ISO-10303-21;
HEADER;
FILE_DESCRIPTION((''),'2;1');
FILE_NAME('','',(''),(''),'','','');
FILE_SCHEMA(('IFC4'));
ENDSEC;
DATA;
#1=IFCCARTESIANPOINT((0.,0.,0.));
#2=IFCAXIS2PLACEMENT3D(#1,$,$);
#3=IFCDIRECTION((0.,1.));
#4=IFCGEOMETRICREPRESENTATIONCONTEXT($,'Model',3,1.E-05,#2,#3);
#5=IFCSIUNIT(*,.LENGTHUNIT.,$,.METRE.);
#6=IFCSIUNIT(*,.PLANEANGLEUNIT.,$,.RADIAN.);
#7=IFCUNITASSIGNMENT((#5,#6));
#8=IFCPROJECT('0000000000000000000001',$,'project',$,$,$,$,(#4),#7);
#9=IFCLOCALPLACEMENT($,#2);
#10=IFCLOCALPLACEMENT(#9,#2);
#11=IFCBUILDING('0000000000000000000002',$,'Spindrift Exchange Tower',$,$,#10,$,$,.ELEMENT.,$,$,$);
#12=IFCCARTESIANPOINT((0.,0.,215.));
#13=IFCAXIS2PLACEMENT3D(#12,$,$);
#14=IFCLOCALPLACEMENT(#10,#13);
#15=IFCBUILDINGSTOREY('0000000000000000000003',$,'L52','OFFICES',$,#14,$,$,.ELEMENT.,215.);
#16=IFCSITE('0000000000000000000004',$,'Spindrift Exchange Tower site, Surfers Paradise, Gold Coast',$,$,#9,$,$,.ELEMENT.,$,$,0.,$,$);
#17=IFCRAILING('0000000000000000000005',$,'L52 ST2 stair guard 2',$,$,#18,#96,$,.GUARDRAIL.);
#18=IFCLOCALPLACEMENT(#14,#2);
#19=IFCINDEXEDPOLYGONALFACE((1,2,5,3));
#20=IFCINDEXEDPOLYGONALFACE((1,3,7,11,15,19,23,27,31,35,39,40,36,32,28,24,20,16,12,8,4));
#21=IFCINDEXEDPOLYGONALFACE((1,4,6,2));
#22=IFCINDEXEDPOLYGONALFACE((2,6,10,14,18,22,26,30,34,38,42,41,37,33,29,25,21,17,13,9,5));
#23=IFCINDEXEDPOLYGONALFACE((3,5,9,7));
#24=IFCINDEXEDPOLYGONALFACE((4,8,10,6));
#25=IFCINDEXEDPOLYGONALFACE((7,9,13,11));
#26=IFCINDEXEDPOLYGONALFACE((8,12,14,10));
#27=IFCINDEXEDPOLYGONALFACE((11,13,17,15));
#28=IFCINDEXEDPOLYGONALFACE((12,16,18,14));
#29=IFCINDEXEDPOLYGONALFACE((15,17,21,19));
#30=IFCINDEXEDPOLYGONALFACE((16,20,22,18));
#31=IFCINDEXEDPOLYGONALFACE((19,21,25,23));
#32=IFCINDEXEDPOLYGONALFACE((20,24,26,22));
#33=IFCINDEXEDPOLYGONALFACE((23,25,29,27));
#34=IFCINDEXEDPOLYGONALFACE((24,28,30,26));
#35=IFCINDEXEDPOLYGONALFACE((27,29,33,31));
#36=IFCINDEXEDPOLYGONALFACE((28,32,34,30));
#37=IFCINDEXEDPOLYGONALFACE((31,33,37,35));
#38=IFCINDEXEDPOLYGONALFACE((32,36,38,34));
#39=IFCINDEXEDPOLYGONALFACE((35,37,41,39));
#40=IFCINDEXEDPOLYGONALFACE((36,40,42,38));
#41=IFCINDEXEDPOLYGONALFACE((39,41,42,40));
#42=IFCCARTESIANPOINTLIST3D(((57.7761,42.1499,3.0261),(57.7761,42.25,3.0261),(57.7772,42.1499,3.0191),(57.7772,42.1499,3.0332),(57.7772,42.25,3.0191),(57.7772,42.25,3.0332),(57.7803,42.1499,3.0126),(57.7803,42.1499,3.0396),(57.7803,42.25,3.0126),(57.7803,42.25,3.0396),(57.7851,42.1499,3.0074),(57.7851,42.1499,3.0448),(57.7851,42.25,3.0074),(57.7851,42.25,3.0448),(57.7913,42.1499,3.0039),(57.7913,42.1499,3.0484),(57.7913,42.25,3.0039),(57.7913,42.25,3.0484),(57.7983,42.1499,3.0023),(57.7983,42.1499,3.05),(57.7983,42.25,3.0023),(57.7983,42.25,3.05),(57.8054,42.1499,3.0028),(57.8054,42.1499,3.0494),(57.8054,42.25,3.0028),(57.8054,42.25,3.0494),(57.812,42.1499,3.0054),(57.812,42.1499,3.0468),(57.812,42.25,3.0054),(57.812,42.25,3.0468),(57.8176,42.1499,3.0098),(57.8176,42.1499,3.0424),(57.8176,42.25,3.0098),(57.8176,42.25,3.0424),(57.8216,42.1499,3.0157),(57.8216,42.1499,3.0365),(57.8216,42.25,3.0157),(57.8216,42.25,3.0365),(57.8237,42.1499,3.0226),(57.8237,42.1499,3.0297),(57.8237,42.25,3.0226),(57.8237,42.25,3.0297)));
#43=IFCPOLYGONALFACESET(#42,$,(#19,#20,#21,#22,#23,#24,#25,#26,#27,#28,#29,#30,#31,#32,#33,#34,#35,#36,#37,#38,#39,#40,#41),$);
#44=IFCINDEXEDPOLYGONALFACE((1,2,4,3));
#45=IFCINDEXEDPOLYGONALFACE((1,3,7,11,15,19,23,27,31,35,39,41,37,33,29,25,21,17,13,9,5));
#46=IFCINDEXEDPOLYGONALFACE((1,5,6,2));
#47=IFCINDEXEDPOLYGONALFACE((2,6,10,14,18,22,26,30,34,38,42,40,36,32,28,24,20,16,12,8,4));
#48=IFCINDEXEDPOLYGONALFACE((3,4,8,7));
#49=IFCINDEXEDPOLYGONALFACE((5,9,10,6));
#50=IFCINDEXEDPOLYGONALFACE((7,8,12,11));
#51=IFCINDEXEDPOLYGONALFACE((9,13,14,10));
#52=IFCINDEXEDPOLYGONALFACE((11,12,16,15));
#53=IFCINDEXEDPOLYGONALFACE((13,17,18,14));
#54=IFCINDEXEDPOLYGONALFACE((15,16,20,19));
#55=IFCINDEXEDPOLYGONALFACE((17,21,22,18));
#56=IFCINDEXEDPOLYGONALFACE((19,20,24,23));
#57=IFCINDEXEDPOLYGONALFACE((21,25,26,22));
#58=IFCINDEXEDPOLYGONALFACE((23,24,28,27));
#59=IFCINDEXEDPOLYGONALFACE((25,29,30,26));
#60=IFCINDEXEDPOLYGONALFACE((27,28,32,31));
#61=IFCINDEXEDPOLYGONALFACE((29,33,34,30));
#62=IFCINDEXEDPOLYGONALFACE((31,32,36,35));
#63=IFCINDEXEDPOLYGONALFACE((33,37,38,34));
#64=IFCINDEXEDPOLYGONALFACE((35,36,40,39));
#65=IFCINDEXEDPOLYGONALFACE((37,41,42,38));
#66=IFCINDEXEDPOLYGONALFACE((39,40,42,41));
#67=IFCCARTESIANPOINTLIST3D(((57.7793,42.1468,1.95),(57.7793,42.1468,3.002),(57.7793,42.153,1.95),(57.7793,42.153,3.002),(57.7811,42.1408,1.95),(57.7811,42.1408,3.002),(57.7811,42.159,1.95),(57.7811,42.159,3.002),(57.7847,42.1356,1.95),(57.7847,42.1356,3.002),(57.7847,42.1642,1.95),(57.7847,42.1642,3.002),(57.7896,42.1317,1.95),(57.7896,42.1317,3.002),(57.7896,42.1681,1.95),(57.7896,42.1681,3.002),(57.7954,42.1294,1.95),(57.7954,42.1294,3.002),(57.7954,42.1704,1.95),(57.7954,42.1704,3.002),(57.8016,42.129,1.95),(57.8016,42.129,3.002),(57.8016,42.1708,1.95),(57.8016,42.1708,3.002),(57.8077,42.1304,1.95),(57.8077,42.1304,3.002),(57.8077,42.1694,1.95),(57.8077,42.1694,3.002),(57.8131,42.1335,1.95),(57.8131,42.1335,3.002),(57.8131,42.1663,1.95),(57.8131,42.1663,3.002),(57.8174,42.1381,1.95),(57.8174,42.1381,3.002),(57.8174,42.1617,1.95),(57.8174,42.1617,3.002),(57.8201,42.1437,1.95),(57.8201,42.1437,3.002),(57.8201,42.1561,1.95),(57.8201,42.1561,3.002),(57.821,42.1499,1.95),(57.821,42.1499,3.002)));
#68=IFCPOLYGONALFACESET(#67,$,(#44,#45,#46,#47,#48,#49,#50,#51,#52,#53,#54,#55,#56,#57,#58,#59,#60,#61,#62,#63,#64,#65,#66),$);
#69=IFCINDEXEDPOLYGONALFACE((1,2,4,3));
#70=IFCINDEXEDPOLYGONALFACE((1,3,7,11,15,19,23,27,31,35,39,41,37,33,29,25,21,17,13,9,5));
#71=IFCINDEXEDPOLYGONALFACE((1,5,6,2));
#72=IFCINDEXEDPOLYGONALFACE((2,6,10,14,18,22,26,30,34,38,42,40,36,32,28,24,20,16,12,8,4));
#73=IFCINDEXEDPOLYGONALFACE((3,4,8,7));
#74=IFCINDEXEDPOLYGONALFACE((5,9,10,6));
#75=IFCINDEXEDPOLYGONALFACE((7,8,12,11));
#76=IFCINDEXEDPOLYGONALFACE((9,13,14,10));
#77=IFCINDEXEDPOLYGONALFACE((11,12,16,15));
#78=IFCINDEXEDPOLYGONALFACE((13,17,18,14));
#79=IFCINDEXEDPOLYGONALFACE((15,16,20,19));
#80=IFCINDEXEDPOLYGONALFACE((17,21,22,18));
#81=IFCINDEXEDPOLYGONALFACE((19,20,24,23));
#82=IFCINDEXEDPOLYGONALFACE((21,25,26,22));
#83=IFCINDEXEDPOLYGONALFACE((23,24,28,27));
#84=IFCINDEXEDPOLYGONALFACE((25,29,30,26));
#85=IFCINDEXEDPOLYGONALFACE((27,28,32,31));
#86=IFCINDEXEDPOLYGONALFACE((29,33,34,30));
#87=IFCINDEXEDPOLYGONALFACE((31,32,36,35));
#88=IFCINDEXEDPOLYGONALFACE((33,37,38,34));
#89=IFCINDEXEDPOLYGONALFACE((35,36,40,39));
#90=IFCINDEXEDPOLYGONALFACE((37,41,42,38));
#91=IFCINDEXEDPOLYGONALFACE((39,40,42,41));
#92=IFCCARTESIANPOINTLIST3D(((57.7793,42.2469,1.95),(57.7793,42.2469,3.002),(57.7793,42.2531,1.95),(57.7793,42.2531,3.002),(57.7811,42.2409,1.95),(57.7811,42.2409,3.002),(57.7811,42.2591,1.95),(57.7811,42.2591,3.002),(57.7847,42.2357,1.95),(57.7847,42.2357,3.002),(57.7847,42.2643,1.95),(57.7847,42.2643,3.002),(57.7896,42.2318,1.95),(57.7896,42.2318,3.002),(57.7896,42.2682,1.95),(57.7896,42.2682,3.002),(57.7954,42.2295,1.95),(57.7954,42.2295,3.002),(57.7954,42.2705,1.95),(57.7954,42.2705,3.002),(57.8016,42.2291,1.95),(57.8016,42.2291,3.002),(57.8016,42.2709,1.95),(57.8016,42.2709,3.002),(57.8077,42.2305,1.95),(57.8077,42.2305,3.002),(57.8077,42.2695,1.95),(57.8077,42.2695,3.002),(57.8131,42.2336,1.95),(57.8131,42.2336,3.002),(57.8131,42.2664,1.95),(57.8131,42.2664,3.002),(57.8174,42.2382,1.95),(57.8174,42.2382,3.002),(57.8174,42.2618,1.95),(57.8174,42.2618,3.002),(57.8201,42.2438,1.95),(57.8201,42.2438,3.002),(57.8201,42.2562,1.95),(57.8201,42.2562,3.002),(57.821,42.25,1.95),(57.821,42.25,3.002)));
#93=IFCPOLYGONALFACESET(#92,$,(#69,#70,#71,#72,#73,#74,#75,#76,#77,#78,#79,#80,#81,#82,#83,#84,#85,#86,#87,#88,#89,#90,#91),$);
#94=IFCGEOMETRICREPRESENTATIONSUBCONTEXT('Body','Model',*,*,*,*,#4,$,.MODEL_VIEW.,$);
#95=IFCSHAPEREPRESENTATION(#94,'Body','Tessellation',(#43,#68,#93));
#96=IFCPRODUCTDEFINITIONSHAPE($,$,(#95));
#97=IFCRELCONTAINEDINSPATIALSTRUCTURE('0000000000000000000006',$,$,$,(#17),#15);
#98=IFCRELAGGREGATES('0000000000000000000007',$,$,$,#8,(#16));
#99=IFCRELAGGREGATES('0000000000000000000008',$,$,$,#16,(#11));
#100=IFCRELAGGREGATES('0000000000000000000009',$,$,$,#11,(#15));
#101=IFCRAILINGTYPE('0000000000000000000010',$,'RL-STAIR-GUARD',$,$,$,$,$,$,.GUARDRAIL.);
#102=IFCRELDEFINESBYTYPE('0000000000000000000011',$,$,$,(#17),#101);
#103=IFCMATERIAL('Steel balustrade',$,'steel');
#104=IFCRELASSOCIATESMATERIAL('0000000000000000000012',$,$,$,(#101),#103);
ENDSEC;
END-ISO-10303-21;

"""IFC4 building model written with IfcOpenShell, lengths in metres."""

from ifc_helpers import new_model, si_unit, direction, frame, origin, origin_2d, place, context, subcontext, project, spatial, circle, extrude, material, type_object, element, save


model = new_model("IFC4")

# Units and contexts
model_context = context("Model", 3, precision=1e-05, world=origin(), true_north=direction((0.0, 1.0)))
body_context = subcontext(model_context, "Body", "Model", "MODEL_VIEW")
ifc_project = project(units=[si_unit("LENGTHUNIT", "METRE"), si_unit("PLANEANGLEUNIT", "RADIAN")], contexts=[model_context])

# Site, building, storey
site_placement = place(None, origin())
site = spatial("IfcSite", under=ifc_project, at=site_placement, Name="Spindrift Exchange Tower site, Surfers Paradise, Gold Coast", CompositionType="ELEMENT", RefElevation=0.0)
building_placement = place(site_placement, origin())
building = spatial("IfcBuilding", under=site, at=building_placement, Name="Spindrift Exchange Tower", CompositionType="ELEMENT")
storey_placement = place(building_placement, frame((0.0, 0.0, 215.0)))
storey = spatial("IfcBuildingStorey", under=building, at=storey_placement, Name="L52", Description="OFFICES", CompositionType="ELEMENT", Elevation=215.0)

# Railing
ifc_material_1 = material(Name="Steel balustrade", Category="steel")
railing_type_1 = type_object("IfcRailingType", Name="RL-STAIR-GUARD", PredefinedType="GUARDRAIL", material=ifc_material_1)
railing_1_placement = place(storey_placement, frame((57.8, 42.1499, 1.95)))
element("IfcRailing", 1, at=railing_1_placement, inside=storey, type_object=railing_type_1, Name="L52 ST2 stair guard 2", PredefinedType="GUARDRAIL", context=body_context, shape_type="SweptSolid", body=[
    extrude(circle(Radius=0.0239, at=origin_2d()), frame((0.0, 0.0, 1.0762), z_axis=(0.0, 1.0, 0.0), x_axis=(-1.0, 0.0, 0.0)), (0.0, 0.0, 1.0), 0.1001),
    extrude(circle(Radius=0.021, at=origin_2d()), origin(), (0.0, 0.0, 1.0), 1.052),
    extrude(circle(Radius=0.021, at=origin_2d()), frame((0.0, 0.1001, 0.0)), (0.0, 0.0, 1.0), 1.052),
])

save(model, "model.ifc")
